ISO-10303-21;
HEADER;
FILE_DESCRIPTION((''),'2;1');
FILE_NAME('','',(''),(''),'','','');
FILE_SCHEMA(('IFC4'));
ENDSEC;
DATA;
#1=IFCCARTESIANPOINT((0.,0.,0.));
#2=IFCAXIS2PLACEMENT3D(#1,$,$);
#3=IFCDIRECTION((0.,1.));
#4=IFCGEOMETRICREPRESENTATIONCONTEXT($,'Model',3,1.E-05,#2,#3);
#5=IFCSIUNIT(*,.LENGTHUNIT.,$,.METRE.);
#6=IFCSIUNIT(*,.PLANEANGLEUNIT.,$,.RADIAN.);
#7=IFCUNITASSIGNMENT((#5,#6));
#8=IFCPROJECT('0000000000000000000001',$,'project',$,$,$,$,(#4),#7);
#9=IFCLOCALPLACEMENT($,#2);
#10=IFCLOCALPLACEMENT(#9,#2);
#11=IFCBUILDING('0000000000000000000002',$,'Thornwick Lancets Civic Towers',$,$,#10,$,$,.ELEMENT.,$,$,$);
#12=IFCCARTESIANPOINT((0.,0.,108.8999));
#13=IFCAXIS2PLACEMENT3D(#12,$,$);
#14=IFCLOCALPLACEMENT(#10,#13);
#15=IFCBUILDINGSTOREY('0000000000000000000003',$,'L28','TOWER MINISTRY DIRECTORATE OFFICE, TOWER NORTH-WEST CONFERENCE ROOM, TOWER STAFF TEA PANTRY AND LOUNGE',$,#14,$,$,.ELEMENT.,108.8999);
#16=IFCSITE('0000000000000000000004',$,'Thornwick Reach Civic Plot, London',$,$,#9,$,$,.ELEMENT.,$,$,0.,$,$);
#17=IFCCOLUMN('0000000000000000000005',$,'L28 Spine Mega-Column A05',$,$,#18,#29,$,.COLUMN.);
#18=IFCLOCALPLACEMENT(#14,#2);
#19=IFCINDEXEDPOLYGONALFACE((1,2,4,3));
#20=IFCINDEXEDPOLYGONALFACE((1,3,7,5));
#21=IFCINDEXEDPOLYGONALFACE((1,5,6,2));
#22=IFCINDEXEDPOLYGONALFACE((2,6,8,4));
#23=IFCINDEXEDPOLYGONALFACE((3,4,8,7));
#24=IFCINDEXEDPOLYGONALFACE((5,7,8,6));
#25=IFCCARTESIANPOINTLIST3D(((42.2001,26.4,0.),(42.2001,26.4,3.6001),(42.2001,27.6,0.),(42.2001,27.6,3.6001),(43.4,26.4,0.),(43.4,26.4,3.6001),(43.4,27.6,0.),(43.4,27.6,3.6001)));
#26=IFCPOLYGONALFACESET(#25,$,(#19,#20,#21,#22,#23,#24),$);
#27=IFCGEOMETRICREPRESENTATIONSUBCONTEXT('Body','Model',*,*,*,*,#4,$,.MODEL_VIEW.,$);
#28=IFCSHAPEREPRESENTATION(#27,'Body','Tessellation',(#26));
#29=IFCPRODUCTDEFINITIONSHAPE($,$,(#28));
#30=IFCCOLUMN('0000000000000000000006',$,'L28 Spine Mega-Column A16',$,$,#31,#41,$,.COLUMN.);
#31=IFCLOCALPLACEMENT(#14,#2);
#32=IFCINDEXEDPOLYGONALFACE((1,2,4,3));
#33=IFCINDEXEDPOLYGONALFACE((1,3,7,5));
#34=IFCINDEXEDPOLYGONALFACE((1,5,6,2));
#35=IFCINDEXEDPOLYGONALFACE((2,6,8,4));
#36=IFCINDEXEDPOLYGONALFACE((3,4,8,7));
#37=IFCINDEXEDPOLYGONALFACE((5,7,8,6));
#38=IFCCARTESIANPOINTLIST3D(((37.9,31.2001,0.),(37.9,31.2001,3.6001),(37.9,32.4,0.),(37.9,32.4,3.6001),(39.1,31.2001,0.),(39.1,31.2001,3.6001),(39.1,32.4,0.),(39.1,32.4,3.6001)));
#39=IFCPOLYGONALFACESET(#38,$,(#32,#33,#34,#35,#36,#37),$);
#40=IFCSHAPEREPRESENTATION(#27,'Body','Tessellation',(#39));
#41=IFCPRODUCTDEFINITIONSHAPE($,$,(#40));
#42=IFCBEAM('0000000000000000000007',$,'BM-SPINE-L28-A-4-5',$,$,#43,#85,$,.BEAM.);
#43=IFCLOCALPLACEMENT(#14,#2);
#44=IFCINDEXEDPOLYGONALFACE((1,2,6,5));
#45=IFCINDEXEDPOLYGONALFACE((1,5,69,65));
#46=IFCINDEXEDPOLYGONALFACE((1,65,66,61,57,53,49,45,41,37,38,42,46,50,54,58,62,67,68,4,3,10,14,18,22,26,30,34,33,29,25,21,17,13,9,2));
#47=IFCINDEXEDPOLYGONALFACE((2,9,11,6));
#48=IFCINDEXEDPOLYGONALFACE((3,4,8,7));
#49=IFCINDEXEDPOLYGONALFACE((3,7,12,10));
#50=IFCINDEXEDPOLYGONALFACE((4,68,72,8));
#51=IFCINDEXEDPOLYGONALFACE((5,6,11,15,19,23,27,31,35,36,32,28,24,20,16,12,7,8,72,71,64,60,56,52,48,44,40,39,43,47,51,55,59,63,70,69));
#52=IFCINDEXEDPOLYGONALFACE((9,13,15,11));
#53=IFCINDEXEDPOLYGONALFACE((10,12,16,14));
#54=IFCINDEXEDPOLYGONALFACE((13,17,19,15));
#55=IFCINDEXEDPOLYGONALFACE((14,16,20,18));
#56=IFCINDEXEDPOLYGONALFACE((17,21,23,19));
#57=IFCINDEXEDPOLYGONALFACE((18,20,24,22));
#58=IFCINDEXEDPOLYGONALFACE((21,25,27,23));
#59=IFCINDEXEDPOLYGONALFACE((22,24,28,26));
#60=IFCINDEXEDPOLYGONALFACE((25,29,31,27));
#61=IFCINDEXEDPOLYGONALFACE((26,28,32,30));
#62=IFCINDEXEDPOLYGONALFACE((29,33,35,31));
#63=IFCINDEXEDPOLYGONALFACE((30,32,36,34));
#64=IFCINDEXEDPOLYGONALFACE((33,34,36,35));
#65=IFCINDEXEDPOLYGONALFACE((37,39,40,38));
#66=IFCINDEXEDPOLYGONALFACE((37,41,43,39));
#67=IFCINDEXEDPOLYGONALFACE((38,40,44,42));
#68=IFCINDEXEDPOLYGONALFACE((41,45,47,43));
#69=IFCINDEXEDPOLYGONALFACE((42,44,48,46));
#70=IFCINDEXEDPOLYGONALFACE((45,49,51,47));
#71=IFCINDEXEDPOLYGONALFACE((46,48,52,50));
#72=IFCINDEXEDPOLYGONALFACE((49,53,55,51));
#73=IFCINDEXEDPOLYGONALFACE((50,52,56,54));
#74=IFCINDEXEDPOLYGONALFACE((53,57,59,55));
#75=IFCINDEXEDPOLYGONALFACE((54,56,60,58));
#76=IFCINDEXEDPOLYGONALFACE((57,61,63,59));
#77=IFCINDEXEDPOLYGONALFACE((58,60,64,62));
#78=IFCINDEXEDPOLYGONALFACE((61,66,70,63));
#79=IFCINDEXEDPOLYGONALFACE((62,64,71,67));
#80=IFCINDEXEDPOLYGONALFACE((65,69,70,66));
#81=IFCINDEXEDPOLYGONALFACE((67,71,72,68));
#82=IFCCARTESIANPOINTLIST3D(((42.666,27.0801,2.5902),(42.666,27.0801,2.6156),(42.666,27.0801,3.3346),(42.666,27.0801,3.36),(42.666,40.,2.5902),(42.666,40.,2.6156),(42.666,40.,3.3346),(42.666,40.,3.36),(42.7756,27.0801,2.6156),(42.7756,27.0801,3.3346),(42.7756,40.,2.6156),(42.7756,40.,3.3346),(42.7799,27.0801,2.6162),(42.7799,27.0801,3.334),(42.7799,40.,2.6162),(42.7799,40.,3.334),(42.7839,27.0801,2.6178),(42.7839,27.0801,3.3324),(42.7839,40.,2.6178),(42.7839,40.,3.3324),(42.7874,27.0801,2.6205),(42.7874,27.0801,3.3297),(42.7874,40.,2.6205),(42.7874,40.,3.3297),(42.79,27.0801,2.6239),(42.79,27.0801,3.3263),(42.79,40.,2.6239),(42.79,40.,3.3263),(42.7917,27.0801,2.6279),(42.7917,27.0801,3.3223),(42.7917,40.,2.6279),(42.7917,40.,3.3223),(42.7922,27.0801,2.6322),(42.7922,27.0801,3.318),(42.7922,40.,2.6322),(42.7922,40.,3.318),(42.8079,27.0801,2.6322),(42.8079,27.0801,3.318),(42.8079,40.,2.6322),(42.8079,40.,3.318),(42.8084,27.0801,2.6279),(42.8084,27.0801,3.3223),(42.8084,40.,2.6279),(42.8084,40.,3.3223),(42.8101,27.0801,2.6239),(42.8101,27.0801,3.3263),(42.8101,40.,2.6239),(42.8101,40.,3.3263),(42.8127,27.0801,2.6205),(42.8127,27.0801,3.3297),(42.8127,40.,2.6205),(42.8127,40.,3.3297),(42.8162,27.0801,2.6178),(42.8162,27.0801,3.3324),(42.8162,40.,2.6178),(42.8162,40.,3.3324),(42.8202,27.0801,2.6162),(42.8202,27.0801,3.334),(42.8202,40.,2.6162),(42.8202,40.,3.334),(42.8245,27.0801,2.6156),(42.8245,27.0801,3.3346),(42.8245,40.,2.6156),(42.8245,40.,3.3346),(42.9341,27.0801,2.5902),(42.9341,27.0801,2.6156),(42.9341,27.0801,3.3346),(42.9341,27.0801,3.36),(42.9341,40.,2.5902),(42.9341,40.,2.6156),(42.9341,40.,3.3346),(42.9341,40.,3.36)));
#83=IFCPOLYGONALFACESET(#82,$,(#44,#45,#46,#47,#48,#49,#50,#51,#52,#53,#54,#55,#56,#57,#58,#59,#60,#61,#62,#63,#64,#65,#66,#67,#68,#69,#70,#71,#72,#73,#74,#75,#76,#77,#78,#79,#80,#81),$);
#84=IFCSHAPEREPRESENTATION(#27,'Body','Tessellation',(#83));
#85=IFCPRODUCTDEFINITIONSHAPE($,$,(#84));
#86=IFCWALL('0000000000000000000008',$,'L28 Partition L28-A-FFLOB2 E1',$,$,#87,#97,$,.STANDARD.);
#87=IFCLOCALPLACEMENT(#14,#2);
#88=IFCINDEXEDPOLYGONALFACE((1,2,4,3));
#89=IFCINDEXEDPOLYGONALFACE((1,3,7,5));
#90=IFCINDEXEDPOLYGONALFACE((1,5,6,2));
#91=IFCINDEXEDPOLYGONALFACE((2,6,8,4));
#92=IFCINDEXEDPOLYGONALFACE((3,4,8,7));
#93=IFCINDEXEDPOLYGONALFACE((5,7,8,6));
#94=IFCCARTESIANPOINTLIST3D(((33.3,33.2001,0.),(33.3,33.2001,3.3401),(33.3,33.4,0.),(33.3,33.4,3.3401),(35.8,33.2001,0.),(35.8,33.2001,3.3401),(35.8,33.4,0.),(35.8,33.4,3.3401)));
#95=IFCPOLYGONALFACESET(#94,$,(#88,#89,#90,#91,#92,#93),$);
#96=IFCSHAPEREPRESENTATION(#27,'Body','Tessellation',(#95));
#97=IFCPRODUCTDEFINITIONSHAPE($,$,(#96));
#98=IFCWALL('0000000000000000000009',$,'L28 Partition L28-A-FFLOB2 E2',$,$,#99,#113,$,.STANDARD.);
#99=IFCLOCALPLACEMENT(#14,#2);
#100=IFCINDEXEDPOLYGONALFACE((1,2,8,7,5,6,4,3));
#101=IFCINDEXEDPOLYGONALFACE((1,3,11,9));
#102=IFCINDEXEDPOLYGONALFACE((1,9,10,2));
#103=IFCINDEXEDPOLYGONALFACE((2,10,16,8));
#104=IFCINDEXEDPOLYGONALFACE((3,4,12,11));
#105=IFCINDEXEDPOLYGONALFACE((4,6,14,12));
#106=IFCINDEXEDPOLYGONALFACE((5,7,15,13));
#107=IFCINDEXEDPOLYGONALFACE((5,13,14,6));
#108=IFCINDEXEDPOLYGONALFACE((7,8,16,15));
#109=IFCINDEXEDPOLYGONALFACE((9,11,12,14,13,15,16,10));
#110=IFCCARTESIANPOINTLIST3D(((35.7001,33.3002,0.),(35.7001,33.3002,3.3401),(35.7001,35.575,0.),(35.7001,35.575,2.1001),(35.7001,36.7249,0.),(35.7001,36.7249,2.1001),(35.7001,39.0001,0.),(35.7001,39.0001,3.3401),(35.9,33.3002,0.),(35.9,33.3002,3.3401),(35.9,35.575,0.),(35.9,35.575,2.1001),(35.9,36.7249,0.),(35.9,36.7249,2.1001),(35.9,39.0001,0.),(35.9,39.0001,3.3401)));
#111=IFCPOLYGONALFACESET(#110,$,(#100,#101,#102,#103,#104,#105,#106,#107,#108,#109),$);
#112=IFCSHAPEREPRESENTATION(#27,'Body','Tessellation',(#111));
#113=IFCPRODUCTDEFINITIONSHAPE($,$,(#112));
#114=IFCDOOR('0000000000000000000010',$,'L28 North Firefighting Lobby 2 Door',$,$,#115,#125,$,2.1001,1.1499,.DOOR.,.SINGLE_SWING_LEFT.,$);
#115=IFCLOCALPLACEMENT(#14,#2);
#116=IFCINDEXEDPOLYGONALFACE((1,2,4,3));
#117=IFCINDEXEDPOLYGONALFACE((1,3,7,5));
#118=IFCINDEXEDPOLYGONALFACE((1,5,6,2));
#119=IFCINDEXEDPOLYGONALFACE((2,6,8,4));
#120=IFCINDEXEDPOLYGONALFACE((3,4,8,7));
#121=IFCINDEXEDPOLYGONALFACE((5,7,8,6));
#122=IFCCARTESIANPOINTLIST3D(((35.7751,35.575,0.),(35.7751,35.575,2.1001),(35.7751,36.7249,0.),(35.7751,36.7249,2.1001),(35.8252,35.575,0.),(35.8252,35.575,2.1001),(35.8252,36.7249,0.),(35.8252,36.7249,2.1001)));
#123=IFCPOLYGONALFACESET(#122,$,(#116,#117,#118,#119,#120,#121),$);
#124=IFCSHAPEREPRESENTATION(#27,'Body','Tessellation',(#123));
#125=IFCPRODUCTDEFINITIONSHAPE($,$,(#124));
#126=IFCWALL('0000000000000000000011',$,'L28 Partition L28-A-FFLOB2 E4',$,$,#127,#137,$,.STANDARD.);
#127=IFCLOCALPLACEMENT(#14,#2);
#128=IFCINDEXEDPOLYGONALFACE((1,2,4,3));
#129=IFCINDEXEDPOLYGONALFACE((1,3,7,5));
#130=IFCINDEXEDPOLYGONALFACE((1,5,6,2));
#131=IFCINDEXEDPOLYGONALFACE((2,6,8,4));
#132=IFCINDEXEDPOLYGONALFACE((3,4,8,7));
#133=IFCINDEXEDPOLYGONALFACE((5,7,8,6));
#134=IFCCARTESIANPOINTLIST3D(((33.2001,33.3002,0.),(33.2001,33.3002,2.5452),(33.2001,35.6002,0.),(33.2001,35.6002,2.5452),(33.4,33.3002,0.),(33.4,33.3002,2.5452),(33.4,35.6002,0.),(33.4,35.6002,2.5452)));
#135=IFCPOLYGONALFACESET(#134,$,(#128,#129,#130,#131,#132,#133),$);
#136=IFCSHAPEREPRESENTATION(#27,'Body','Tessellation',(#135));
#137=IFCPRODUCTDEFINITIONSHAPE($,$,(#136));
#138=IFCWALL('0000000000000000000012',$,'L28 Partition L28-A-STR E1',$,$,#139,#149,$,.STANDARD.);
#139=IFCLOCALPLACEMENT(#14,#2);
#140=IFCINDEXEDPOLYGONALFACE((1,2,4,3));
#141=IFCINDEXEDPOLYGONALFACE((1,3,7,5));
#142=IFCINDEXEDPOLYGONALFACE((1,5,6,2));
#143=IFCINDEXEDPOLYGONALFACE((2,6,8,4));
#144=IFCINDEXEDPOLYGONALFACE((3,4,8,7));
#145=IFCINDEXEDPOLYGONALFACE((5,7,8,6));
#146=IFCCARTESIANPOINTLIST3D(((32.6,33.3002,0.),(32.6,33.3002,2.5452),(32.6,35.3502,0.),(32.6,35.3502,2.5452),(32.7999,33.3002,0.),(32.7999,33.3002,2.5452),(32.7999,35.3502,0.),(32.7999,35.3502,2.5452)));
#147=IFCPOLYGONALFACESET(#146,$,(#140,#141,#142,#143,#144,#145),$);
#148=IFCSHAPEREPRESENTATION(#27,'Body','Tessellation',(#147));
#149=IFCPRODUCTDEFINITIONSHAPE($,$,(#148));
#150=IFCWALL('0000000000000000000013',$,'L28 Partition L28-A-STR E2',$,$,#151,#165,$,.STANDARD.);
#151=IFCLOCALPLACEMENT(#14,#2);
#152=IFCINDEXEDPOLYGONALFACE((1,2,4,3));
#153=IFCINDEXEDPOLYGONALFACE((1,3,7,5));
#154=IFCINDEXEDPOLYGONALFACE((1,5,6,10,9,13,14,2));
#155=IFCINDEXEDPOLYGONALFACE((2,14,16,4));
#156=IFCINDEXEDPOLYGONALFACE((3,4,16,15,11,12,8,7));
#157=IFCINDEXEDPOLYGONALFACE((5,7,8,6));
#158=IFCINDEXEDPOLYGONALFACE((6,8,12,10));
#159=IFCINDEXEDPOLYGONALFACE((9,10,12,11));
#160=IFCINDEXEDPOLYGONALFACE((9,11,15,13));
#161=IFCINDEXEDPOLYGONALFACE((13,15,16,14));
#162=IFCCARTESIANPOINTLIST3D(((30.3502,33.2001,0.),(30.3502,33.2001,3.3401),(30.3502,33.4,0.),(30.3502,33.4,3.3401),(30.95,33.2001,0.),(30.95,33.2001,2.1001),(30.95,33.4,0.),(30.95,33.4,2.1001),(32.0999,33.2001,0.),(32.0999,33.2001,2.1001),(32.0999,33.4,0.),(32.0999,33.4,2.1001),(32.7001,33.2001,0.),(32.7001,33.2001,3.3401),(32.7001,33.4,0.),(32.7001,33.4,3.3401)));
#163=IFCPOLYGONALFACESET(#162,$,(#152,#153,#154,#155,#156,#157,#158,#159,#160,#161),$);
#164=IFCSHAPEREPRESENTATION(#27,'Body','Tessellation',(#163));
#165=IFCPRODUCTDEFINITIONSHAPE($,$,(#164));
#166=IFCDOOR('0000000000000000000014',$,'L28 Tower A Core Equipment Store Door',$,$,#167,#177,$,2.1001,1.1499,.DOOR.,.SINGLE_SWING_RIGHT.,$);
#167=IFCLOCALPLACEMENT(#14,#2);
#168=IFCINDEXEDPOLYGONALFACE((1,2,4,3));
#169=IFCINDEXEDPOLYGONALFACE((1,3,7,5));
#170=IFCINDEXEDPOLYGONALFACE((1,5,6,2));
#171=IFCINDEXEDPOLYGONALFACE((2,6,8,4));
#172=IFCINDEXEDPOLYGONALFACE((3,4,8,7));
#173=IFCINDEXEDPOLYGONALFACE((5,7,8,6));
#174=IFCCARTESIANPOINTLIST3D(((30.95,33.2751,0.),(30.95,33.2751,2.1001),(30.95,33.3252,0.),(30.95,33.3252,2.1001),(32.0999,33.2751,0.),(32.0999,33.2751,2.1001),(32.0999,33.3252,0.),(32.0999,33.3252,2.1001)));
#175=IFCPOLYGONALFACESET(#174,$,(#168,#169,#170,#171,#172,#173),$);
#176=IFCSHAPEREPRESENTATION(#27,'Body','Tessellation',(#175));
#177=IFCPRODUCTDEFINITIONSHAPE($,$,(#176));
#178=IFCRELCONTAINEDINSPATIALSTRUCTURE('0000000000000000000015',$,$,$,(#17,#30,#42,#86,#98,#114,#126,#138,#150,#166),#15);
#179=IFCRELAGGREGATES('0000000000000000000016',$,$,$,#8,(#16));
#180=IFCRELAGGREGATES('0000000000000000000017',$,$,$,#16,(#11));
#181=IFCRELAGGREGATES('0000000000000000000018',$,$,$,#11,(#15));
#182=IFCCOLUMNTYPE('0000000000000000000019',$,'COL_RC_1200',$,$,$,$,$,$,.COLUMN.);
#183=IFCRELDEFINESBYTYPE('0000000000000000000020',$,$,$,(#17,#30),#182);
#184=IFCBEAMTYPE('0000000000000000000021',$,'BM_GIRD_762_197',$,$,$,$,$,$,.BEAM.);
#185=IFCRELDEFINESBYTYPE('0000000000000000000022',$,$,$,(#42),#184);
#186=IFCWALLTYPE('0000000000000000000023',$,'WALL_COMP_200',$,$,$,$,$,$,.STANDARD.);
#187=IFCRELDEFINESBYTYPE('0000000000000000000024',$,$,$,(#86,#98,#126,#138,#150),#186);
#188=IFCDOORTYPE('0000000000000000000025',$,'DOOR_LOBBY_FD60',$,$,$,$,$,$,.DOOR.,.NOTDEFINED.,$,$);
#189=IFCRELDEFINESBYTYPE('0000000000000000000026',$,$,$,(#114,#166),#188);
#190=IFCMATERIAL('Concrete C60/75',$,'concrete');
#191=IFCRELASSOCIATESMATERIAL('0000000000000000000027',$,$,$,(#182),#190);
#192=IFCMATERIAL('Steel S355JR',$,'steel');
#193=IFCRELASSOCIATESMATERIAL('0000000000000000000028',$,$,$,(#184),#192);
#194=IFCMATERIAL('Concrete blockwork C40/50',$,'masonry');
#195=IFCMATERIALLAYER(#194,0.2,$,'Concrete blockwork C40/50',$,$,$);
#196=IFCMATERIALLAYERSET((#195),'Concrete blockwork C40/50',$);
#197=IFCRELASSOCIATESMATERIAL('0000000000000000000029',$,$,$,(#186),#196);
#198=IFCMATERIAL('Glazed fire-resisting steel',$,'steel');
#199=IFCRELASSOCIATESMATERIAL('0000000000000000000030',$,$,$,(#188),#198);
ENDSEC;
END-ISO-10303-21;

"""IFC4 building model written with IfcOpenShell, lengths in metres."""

from ifc_helpers import new_model, si_unit, direction, frame, frame_2d, origin, origin_2d, place, context, subcontext, project, spatial, rectangle, i_section, extrude, material, layer, layer_set, material_profile, profile_set, type_object, element, fill, save


model = new_model("IFC4")

# Units and contexts
model_context = context("Model", 3, precision=1e-05, world=origin(), true_north=direction((0.0, 1.0)))
body_context = subcontext(model_context, "Body", "Model", "MODEL_VIEW")
ifc_project = project(units=[si_unit("LENGTHUNIT", "METRE"), si_unit("PLANEANGLEUNIT", "RADIAN")], contexts=[model_context])

# Site, building, storey
site_placement = place(None, origin())
site = spatial("IfcSite", under=ifc_project, at=site_placement, Name="Thornwick Reach Civic Plot, London", CompositionType="ELEMENT", RefElevation=0.0)
building_placement = place(site_placement, origin())
building = spatial("IfcBuilding", under=site, at=building_placement, Name="Thornwick Lancets Civic Towers", CompositionType="ELEMENT")
storey_placement = place(building_placement, frame((0.0, 0.0, 108.8999)))
storey = spatial("IfcBuildingStorey", under=building, at=storey_placement, Name="L28", Description="TOWER MINISTRY DIRECTORATE OFFICE, TOWER NORTH-WEST CONFERENCE ROOM, TOWER STAFF TEA PANTRY AND LOUNGE", CompositionType="ELEMENT", Elevation=108.8999)

# Columns
ifc_material_1 = material(Name="Concrete C60/75", Category="concrete")
ifc_material_profile_1 = material_profile(ifc_material_1, rectangle(XDim=1.2, YDim=1.2, at=origin_2d()), Name="RC 1200x1200")
ifc_profile_set_1 = profile_set([ifc_material_profile_1], Name="Concrete C60/75")
column_type = type_object("IfcColumnType", Name="COL_RC_1200", PredefinedType="COLUMN", material=ifc_profile_set_1)
for number, where, z_axis, x_axis, name in (
    (1, (42.8, 27.0, 0.0), (0.0, 0.0, 1.0), (1.0, 0.0, 0.0), "L28 Spine Mega-Column A05"),
    (2, (38.5, 31.8, 0.0), (0.0, 0.0, 1.0), (1.0, 0.0, 0.0), "L28 Spine Mega-Column A16"),
):
    element("IfcColumn", number, at=place(storey_placement, frame(where, z_axis=z_axis, x_axis=x_axis)), inside=storey, type_object=column_type, Name=name, PredefinedType="COLUMN", context=body_context, shape_type="SweptSolid", body=[
        extrude(rectangle(XDim=1.2, YDim=1.2, at=origin_2d()), origin(), (0.0, 0.0, 1.0), 3.6001),
    ])

# Beam
ifc_material_2 = material(Name="Steel S355JR", Category="steel")
ifc_material_profile_2 = material_profile(ifc_material_2, i_section(OverallWidth=0.2681, OverallDepth=0.7698, WebThickness=0.0156, FlangeThickness=0.0254, FilletRadius=0.0166, at=origin_2d()), Name="UKB 762x267x197")
ifc_profile_set_2 = profile_set([ifc_material_profile_2], Name="Steel S355JR")
beam_type = type_object("IfcBeamType", Name="BM_GIRD_762_197", PredefinedType="BEAM", material=ifc_profile_set_2)
beam_placement = place(storey_placement, frame((42.8, 27.0801, 2.9751), z_axis=(0.0, 1.0, 0.0), x_axis=(-1.0, 0.0, 0.0)))
element("IfcBeam", 3, at=beam_placement, inside=storey, type_object=beam_type, Name="BM-SPINE-L28-A-4-5", PredefinedType="BEAM", context=body_context, shape_type="SweptSolid", body=[
    extrude(i_section(OverallWidth=0.2681, OverallDepth=0.7698, WebThickness=0.0156, FlangeThickness=0.0254, FilletRadius=0.0166, at=origin_2d()), origin(), (0.0, 0.0, 1.0), 12.9199),
])

# Wall
ifc_material_3 = material(Name="Concrete blockwork C40/50", Category="masonry")
ifc_layer_1 = layer(ifc_material_3, 0.2, Name="Concrete blockwork C40/50")
ifc_layer_set_1 = layer_set([ifc_layer_1], Name="Concrete blockwork C40/50")
wall_type_1 = type_object("IfcWallType", Name="WALL_COMP_200", PredefinedType="STANDARD", material=ifc_layer_set_1)
wall_1_placement = place(storey_placement, frame((33.3, 33.3, 0.0), z_axis=(0.0, 0.0, 1.0), x_axis=(1.0, 0.0, 0.0)))
element("IfcWall", 4, at=wall_1_placement, inside=storey, type_object=wall_type_1, Name="L28 Partition L28-A-FFLOB2 E1", PredefinedType="STANDARD", context=body_context, shape_type="SweptSolid", body=[
    extrude(rectangle(XDim=2.5, YDim=0.2, at=frame_2d((1.25, 0.0))), origin(), (0.0, 0.0, 1.0), 3.3401),
])

# Wall, opening, door
wall_2_placement = place(storey_placement, frame((35.8, 33.3, 0.0), z_axis=(0.0, 0.0, 1.0), x_axis=(0.0, 1.0, 0.0)))
wall_2 = element("IfcWall", 5, at=wall_2_placement, inside=storey, type_object=wall_type_1, Name="L28 Partition L28-A-FFLOB2 E2", PredefinedType="STANDARD", context=body_context, shape_type="SweptSolid", body=[
    extrude(rectangle(XDim=5.7, YDim=0.2, at=frame_2d((2.8501, 0.0))), origin(), (0.0, 0.0, 1.0), 3.3401),
])
opening_1_placement = place(wall_2_placement, frame((2.2749, 0.0, 0.0)))
opening_1 = element("IfcOpeningElement", 6, at=opening_1_placement, cuts=wall_2, PredefinedType="OPENING", context=body_context, shape_type="SweptSolid", body=[
    extrude(rectangle(XDim=1.1499, YDim=2.1001, at=frame_2d((0.575, 1.05))), frame((0.0, 0.1099, 0.0), z_axis=(0.0, -1.0, 0.0), x_axis=(1.0, 0.0, 0.0)), (0.0, 0.0, 1.0), 0.22),
])
ifc_material_4 = material(Name="Glazed fire-resisting steel", Category="steel")
door_type_1 = type_object("IfcDoorType", Name="DOOR_LOBBY_FD60", OperationType="NOTDEFINED", PredefinedType="DOOR", material=ifc_material_4)
door_1_placement = place(opening_1_placement, origin())
door_1 = element("IfcDoor", 7, at=door_1_placement, inside=storey, type_object=door_type_1, Name="L28 North Firefighting Lobby 2 Door", OperationType="SINGLE_SWING_LEFT", OverallHeight=2.1001, OverallWidth=1.1499, PredefinedType="DOOR", context=body_context, shape_type="SweptSolid", body=[
    extrude(rectangle(XDim=1.1499, YDim=2.1001, at=frame_2d((0.575, 1.05))), frame((0.0, 0.0249, 0.0), z_axis=(0.0, -1.0, 0.0), x_axis=(1.0, 0.0, 0.0)), (0.0, 0.0, 1.0), 0.05),
])
fill(opening_1, door_1)

# Walls
wall_3_placement = place(storey_placement, frame((33.3, 35.6001, 0.0), z_axis=(0.0, 0.0, 1.0), x_axis=(0.0, -1.0, 0.0)))
element("IfcWall", 8, at=wall_3_placement, inside=storey, type_object=wall_type_1, Name="L28 Partition L28-A-FFLOB2 E4", PredefinedType="STANDARD", context=body_context, shape_type="SweptSolid", body=[
    extrude(rectangle(XDim=2.3, YDim=0.2, at=frame_2d((1.1499, 0.0))), origin(), (0.0, 0.0, 1.0), 2.5452),
])
wall_4_placement = place(storey_placement, frame((32.7, 35.3501, 0.0), z_axis=(0.0, 0.0, 1.0), x_axis=(0.0, -1.0, 0.0)))
element("IfcWall", 9, at=wall_4_placement, inside=storey, type_object=wall_type_1, Name="L28 Partition L28-A-STR E1", PredefinedType="STANDARD", context=body_context, shape_type="SweptSolid", body=[
    extrude(rectangle(XDim=2.05, YDim=0.2, at=frame_2d((1.0249, 0.0))), origin(), (0.0, 0.0, 1.0), 2.5452),
])

# Wall, opening, door
wall_5_placement = place(storey_placement, frame((32.7, 33.3, 0.0), z_axis=(0.0, 0.0, 1.0), x_axis=(-1.0, 0.0, 0.0)))
wall_5 = element("IfcWall", 10, at=wall_5_placement, inside=storey, type_object=wall_type_1, Name="L28 Partition L28-A-STR E2", PredefinedType="STANDARD", context=body_context, shape_type="SweptSolid", body=[
    extrude(rectangle(XDim=2.3499, YDim=0.2, at=frame_2d((1.1748, 0.0))), origin(), (0.0, 0.0, 1.0), 3.3401),
])
opening_2_placement = place(wall_5_placement, frame((0.6001, 0.0, 0.0)))
opening_2 = element("IfcOpeningElement", 11, at=opening_2_placement, cuts=wall_5, PredefinedType="OPENING", context=body_context, shape_type="SweptSolid", body=[
    extrude(rectangle(XDim=1.1499, YDim=2.1001, at=frame_2d((0.575, 1.05))), frame((0.0, 0.1099, 0.0), z_axis=(0.0, -1.0, 0.0), x_axis=(1.0, 0.0, 0.0)), (0.0, 0.0, 1.0), 0.22),
])
door_2_placement = place(opening_2_placement, origin())
door_2 = element("IfcDoor", 12, at=door_2_placement, inside=storey, type_object=door_type_1, Name="L28 Tower A Core Equipment Store Door", OperationType="SINGLE_SWING_RIGHT", OverallHeight=2.1001, OverallWidth=1.1499, PredefinedType="DOOR", context=body_context, shape_type="SweptSolid", body=[
    extrude(rectangle(XDim=1.1499, YDim=2.1001, at=frame_2d((0.575, 1.05))), frame((0.0, 0.0249, 0.0), z_axis=(0.0, -1.0, 0.0), x_axis=(1.0, 0.0, 0.0)), (0.0, 0.0, 1.0), 0.05),
])
fill(opening_2, door_2)

save(model, "model.ifc")
